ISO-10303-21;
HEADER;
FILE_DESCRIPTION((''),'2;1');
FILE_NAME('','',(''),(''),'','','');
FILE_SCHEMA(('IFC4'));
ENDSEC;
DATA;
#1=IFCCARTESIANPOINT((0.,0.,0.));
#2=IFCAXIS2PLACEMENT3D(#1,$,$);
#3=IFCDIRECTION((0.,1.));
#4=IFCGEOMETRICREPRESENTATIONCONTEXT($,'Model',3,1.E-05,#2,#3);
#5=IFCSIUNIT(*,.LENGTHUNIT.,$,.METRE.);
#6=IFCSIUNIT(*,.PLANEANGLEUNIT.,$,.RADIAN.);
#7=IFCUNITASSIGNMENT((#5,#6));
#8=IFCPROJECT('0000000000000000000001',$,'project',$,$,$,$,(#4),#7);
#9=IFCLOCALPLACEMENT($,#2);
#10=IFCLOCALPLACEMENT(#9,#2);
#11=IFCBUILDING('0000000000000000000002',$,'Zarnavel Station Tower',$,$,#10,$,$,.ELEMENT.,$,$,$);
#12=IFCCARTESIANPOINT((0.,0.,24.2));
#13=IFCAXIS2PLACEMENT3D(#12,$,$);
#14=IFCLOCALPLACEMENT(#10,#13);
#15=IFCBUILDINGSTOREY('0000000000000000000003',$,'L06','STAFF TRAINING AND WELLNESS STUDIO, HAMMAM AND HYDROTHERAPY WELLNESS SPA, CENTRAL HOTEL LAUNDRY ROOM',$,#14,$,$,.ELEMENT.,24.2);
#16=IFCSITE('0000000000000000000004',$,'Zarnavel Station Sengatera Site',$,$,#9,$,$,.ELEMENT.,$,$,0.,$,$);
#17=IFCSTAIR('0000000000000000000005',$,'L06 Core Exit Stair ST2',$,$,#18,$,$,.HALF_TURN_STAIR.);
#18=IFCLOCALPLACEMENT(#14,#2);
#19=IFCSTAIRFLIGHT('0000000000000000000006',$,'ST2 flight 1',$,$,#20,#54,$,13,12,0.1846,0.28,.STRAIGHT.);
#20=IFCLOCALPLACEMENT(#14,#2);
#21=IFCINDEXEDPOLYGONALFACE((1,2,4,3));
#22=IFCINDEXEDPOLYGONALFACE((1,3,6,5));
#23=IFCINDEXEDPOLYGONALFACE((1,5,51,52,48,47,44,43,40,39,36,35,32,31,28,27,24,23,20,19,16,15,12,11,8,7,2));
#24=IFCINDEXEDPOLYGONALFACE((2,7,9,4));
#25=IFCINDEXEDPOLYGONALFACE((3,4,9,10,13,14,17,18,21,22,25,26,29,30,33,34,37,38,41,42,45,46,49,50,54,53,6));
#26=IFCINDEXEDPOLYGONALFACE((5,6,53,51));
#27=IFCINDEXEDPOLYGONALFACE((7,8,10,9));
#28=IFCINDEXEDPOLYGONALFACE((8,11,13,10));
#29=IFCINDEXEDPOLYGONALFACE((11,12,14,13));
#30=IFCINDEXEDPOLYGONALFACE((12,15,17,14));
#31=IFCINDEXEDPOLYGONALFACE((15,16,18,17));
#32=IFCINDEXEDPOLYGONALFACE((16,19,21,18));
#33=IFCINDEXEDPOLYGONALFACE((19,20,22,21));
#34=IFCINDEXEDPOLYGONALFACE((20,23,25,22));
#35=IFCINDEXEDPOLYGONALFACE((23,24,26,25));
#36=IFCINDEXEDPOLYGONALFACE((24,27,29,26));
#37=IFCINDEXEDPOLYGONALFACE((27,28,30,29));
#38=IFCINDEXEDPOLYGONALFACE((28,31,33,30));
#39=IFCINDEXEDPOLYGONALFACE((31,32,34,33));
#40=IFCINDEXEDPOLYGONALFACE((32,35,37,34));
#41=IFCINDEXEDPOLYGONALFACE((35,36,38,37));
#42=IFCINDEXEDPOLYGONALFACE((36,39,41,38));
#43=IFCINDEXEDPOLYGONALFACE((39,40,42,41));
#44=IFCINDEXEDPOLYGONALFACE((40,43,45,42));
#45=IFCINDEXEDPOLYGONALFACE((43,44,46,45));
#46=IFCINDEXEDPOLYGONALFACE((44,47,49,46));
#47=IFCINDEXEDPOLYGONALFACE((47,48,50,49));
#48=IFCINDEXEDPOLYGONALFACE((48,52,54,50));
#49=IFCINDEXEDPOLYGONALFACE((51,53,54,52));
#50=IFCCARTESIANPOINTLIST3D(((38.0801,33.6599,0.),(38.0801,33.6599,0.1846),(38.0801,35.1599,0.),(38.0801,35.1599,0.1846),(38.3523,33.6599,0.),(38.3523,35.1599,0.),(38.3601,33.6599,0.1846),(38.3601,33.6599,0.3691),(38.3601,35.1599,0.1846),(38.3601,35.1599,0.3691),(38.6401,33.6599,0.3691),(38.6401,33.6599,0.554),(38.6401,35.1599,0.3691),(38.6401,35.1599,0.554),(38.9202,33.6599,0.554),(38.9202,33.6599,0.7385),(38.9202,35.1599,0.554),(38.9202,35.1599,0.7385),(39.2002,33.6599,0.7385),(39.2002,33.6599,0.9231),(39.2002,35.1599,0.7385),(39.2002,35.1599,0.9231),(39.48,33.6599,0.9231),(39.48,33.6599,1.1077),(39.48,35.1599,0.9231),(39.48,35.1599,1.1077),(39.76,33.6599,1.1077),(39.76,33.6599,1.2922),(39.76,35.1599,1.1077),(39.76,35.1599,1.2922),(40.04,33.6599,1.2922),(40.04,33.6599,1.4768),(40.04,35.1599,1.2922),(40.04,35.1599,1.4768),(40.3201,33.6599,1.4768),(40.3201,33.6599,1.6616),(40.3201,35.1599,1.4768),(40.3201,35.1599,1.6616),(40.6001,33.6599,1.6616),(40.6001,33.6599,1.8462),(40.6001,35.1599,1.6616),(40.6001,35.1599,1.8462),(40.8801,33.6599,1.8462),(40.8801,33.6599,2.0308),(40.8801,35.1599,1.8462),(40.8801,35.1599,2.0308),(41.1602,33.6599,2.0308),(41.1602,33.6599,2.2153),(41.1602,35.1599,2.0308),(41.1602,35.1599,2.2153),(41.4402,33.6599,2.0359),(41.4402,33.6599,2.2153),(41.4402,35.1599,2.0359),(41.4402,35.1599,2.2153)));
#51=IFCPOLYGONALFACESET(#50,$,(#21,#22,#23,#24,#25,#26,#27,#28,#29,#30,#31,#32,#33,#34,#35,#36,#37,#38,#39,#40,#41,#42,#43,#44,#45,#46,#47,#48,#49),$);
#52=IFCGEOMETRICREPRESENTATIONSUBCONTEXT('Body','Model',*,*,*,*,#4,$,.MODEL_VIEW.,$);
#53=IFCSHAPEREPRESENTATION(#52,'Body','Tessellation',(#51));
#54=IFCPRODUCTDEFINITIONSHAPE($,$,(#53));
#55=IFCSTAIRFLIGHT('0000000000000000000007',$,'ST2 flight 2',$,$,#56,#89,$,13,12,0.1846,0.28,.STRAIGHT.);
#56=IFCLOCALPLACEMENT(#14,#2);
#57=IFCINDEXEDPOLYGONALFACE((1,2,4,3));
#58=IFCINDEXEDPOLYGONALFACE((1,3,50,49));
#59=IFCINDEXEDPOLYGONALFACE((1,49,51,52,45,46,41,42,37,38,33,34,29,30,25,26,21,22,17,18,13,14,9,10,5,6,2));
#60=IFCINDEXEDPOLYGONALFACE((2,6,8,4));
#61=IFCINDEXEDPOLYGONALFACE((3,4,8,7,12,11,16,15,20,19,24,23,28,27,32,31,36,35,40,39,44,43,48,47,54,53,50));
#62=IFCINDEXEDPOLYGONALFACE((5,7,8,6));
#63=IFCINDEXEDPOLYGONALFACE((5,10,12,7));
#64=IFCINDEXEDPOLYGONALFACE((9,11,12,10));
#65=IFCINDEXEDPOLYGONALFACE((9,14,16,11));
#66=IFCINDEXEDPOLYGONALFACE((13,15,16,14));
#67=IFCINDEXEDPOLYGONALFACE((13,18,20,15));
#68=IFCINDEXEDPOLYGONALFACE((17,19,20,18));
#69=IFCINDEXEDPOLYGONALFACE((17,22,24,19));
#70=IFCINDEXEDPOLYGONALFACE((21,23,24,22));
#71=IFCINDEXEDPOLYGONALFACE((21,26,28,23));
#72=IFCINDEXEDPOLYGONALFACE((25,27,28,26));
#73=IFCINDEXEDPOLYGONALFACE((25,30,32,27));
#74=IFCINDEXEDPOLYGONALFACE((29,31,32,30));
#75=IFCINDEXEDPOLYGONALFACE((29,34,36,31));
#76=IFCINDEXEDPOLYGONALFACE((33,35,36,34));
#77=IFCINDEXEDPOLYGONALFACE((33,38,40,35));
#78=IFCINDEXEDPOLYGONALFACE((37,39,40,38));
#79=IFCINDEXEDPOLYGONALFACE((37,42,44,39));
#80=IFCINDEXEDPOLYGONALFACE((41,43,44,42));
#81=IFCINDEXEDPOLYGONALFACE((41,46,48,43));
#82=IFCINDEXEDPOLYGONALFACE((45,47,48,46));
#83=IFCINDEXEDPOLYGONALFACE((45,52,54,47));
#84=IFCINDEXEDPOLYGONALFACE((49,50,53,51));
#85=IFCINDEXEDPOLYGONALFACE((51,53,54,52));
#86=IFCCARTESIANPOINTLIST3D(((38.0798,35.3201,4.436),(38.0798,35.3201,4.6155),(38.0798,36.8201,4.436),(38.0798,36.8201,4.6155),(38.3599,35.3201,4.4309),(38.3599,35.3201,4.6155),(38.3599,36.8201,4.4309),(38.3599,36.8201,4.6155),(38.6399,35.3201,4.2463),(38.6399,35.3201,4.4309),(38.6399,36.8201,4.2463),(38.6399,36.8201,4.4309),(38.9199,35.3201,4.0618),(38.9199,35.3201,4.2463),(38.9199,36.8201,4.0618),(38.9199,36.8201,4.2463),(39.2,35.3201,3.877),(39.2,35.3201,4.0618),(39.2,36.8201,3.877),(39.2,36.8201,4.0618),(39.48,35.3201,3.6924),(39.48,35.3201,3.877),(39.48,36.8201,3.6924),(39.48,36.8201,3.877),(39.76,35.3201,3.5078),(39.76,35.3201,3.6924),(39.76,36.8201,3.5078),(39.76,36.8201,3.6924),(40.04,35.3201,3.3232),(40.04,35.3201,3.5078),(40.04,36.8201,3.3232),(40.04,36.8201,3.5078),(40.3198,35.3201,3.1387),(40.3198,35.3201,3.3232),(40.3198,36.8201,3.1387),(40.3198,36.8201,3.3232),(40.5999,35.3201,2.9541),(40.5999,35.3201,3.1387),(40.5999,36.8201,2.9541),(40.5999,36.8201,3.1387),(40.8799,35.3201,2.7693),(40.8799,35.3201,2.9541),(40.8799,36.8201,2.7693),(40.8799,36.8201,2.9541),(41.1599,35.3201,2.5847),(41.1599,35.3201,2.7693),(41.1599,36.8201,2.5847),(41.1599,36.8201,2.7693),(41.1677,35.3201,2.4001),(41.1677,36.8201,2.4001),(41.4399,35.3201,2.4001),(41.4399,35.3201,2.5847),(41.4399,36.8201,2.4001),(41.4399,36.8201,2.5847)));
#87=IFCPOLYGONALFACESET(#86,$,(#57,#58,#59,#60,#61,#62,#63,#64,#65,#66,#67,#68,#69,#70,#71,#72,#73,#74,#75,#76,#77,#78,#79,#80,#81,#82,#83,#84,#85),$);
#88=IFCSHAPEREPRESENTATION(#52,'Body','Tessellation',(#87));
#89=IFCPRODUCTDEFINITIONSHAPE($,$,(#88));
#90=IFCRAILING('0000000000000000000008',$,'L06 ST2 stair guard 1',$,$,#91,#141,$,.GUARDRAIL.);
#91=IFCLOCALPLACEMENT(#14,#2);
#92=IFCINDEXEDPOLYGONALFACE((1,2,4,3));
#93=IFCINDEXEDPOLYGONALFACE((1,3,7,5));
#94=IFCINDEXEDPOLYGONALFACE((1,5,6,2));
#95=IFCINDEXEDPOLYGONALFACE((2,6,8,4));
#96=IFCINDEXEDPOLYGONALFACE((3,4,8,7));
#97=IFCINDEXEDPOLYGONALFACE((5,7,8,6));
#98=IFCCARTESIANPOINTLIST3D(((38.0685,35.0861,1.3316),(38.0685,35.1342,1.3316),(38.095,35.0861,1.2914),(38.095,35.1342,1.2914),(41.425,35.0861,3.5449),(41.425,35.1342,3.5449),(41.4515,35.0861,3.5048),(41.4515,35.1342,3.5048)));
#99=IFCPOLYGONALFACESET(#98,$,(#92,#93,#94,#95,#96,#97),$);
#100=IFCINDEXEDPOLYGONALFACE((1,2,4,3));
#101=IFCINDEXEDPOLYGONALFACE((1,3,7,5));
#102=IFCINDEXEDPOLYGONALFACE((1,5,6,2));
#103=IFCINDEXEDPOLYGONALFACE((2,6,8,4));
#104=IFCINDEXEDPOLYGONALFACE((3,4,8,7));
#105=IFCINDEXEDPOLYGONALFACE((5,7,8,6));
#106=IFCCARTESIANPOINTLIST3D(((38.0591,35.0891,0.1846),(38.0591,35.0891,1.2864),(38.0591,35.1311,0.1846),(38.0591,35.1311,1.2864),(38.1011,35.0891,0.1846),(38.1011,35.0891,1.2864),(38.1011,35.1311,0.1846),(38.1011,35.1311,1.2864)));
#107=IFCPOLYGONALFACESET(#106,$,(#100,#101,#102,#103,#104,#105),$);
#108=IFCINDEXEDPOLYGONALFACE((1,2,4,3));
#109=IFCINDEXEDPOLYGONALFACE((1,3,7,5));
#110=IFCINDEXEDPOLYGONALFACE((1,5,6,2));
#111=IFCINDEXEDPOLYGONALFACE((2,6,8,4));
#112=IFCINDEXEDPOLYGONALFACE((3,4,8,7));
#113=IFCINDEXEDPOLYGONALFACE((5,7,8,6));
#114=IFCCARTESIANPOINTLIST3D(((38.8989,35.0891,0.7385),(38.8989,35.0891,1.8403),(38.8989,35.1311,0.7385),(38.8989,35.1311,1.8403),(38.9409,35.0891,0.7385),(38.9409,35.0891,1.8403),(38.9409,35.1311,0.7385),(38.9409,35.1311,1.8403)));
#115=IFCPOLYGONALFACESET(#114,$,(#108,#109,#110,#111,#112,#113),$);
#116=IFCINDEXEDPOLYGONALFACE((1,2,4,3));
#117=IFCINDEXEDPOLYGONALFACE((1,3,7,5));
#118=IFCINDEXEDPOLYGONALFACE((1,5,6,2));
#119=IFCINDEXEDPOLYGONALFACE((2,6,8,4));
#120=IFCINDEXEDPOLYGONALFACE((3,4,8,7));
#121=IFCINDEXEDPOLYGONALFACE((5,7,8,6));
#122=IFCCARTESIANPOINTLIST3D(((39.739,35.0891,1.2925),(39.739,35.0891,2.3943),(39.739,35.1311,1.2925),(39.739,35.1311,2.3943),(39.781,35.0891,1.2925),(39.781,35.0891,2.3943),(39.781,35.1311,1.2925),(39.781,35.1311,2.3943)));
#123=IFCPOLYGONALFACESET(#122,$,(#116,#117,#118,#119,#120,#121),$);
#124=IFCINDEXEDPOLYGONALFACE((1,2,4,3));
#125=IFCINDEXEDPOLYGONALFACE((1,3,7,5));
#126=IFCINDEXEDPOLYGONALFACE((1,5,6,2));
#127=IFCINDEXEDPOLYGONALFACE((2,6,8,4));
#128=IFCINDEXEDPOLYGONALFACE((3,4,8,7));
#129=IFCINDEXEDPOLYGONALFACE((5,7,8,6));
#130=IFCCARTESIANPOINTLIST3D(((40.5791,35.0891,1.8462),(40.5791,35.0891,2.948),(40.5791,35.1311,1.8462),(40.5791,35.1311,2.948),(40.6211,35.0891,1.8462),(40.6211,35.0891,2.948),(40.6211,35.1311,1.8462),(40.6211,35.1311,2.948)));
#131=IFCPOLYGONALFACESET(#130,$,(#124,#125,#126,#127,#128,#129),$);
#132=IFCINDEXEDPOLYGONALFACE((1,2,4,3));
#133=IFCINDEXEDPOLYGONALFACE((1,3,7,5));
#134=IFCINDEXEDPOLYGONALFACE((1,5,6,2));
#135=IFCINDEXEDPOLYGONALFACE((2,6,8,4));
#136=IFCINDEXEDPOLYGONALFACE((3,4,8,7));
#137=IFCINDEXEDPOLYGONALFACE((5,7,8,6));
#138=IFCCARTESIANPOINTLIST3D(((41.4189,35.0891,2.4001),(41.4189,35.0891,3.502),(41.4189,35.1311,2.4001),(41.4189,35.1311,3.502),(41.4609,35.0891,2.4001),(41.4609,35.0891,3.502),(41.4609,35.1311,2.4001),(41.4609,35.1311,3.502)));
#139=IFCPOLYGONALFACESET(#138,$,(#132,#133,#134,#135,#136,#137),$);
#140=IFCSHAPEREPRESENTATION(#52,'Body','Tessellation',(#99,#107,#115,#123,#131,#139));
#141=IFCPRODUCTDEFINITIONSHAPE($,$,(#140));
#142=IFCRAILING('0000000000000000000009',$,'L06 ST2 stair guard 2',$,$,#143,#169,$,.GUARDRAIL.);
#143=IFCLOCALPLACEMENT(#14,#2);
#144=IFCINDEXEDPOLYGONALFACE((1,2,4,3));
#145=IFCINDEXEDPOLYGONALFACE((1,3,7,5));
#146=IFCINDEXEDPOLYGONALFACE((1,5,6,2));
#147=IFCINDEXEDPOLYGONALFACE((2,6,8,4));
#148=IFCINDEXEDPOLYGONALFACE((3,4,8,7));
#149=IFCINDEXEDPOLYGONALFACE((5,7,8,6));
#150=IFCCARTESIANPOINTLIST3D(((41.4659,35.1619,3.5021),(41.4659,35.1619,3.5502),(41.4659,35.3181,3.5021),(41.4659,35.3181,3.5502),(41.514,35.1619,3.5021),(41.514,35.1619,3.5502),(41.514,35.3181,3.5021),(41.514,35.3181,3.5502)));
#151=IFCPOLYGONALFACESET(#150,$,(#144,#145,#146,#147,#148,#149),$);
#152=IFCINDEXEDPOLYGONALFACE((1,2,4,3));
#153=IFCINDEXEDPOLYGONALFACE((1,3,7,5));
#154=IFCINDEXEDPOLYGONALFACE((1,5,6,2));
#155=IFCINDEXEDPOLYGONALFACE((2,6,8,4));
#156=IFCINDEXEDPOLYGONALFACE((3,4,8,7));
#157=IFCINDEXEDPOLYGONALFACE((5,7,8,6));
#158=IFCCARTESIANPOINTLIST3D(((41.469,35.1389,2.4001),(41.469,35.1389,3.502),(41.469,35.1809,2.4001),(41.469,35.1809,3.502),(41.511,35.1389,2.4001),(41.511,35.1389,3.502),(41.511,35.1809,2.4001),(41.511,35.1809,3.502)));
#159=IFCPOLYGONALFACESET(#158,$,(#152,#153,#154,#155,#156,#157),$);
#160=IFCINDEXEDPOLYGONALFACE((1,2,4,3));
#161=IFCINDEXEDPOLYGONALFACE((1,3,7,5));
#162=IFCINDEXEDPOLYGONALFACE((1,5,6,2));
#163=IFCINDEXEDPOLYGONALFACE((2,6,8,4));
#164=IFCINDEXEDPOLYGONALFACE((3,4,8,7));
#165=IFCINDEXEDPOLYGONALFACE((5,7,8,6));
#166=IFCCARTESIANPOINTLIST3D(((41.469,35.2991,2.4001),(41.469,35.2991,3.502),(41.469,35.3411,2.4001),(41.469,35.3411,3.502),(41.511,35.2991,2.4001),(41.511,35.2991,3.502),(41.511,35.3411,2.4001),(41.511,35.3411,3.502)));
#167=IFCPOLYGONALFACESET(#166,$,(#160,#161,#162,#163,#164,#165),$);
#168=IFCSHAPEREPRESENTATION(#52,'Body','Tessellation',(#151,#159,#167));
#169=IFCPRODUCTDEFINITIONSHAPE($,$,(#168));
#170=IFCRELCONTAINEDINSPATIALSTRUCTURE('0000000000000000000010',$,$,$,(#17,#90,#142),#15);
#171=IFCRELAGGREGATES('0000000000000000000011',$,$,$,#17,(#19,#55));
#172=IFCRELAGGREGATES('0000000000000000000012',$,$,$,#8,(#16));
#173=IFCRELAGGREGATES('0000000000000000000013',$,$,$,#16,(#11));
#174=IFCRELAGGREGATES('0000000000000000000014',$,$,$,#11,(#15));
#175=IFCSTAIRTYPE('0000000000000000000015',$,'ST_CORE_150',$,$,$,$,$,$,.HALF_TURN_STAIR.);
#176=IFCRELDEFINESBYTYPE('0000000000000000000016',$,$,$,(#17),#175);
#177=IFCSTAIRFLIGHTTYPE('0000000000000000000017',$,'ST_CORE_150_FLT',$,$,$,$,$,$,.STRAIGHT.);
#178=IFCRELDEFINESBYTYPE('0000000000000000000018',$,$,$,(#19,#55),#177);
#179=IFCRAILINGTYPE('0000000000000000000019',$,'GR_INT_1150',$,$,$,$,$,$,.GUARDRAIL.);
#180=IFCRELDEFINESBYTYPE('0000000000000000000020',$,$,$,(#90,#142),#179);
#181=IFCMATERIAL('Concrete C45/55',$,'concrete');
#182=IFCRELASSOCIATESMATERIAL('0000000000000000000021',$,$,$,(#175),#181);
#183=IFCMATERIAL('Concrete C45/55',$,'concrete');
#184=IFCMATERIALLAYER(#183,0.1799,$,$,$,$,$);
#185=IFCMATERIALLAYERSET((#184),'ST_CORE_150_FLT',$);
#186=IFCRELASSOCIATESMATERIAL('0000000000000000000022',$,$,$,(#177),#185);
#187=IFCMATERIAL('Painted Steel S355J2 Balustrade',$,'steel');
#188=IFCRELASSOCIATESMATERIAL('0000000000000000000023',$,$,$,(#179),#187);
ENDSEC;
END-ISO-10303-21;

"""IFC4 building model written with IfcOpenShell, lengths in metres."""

from ifc_helpers import new_model, si_unit, direction, frame, origin, origin_2d, place, context, subcontext, project, spatial, polyline, rectangle, outline, extrude, material, layer, layer_set, type_object, element, aggregate, save


model = new_model("IFC4")

# Units and contexts
model_context = context("Model", 3, precision=1e-05, world=origin(), true_north=direction((0.0, 1.0)))
body_context = subcontext(model_context, "Body", "Model", "MODEL_VIEW")
ifc_project = project(units=[si_unit("LENGTHUNIT", "METRE"), si_unit("PLANEANGLEUNIT", "RADIAN")], contexts=[model_context])

# Site, building, storey
site_placement = place(None, origin())
site = spatial("IfcSite", under=ifc_project, at=site_placement, Name="Zarnavel Station Sengatera Site", CompositionType="ELEMENT", RefElevation=0.0)
building_placement = place(site_placement, origin())
building = spatial("IfcBuilding", under=site, at=building_placement, Name="Zarnavel Station Tower", CompositionType="ELEMENT")
storey_placement = place(building_placement, frame((0.0, 0.0, 24.2)))
storey = spatial("IfcBuildingStorey", under=building, at=storey_placement, Name="L06", Description="STAFF TRAINING AND WELLNESS STUDIO, HAMMAM AND HYDROTHERAPY WELLNESS SPA, CENTRAL HOTEL LAUNDRY ROOM", CompositionType="ELEMENT", Elevation=24.2)

# Stair, stair flights
ifc_material_1 = material(Name="Concrete C45/55", Category="concrete")
stair_type = type_object("IfcStairType", Name="ST_CORE_150", PredefinedType="HALF_TURN_STAIR", material=ifc_material_1)
stair_placement = place(storey_placement, origin())
stair = element("IfcStair", 1, at=stair_placement, inside=storey, type_object=stair_type, Name="L06 Core Exit Stair ST2", PredefinedType="HALF_TURN_STAIR")
ifc_material_2 = material(Name="Concrete C45/55", Category="concrete")
ifc_layer_1 = layer(ifc_material_2, 0.1799)
ifc_layer_set_1 = layer_set([ifc_layer_1], Name="ST_CORE_150_FLT")
stair_flight_type = type_object("IfcStairFlightType", Name="ST_CORE_150_FLT", PredefinedType="STRAIGHT", material=ifc_layer_set_1)
stair_flight_1_placement = place(storey_placement, frame((38.0801, 34.4099, 0.0), z_axis=(0.0, 0.0, 1.0), x_axis=(1.0, 0.0, 0.0)))
stair_flight_1 = element("IfcStairFlight", 2, at=stair_flight_1_placement, type_object=stair_flight_type, Name="ST2 flight 1", NumberOfRisers=13, NumberOfTreads=12, PredefinedType="STRAIGHT", RiserHeight=0.1846, TreadLength=0.28, context=body_context, shape_type="SweptSolid", body=[
    extrude(outline(polyline([(0.0, 0.0), (0.0, 0.1846), (0.28, 0.1846), (0.28, 0.3691), (0.5601, 0.3691), (0.5601, 0.554), (0.8401, 0.554), (0.8401, 0.7385), (1.1201, 0.7385), (1.1201, 0.9231), (1.3999, 0.9231), (1.3999, 1.1077), (1.6799, 1.1077), (1.6799, 1.2922), (1.96, 1.2922), (1.96, 1.4768), (2.24, 1.4768), (2.24, 1.6616), (2.52, 1.6616), (2.52, 1.8462), (2.8, 1.8462), (2.8, 2.0308), (3.0801, 2.0308), (3.0801, 2.2153), (3.3601, 2.2153), (3.3601, 2.3999), (3.3601, 2.0359), (0.2722, 0.0), (0.0, 0.0)])), frame((0.0, 0.75, 0.0), z_axis=(0.0, -1.0, 0.0), x_axis=(1.0, 0.0, 0.0)), (0.0, 0.0, 1.0), 1.5),
])
stair_flight_2_placement = place(storey_placement, frame((41.4399, 36.0701, 2.4001), z_axis=(0.0, 0.0, 1.0), x_axis=(-1.0, 0.0, 0.0)))
stair_flight_2 = element("IfcStairFlight", 3, at=stair_flight_2_placement, type_object=stair_flight_type, Name="ST2 flight 2", NumberOfRisers=13, NumberOfTreads=12, PredefinedType="STRAIGHT", RiserHeight=0.1846, TreadLength=0.28, context=body_context, shape_type="SweptSolid", body=[
    extrude(outline(polyline([(0.0, 0.0), (0.0, 0.1846), (0.28, 0.1846), (0.28, 0.3691), (0.5601, 0.3691), (0.5601, 0.554), (0.8401, 0.554), (0.8401, 0.7385), (1.1201, 0.7385), (1.1201, 0.9231), (1.3999, 0.9231), (1.3999, 1.1077), (1.6799, 1.1077), (1.6799, 1.2922), (1.96, 1.2922), (1.96, 1.4768), (2.24, 1.4768), (2.24, 1.6616), (2.52, 1.6616), (2.52, 1.8462), (2.8, 1.8462), (2.8, 2.0308), (3.0801, 2.0308), (3.0801, 2.2153), (3.3601, 2.2153), (3.3601, 2.3999), (3.3601, 2.0359), (0.2722, 0.0), (0.0, 0.0)])), frame((0.0, 0.75, 0.0), z_axis=(0.0, -1.0, 0.0), x_axis=(1.0, 0.0, 0.0)), (0.0, 0.0, 1.0), 1.5),
])
aggregate(stair, [stair_flight_1, stair_flight_2])

# Railings
ifc_material_3 = material(Name="Painted Steel S355J2 Balustrade", Category="steel")
railing_type_1 = type_object("IfcRailingType", Name="GR_INT_1150", PredefinedType="GUARDRAIL", material=ifc_material_3)
railing_1_placement = place(storey_placement, frame((38.0801, 35.1101, 0.1846)))
element("IfcRailing", 4, at=railing_1_placement, inside=storey, type_object=railing_type_1, Name="L06 ST2 stair guard 1", PredefinedType="GUARDRAIL", context=body_context, shape_type="SweptSolid", body=[
    extrude(rectangle(XDim=0.0481, YDim=0.0481, at=origin_2d()), frame((0.0017, 0.0, 1.127), z_axis=(0.83483, 0.0, 0.550508), x_axis=(0.0, 1.0, 0.0)), (0.0, 0.0, 1.0), 4.0205),
    extrude(rectangle(XDim=0.042, YDim=0.042, at=origin_2d()), origin(), (0.0, 0.0, 1.0), 1.1018),
    extrude(rectangle(XDim=0.042, YDim=0.042, at=origin_2d()), frame((0.8398, 0.0, 0.554)), (0.0, 0.0, 1.0), 1.1018),
    extrude(rectangle(XDim=0.042, YDim=0.042, at=origin_2d()), frame((1.6799, 0.0, 1.1079)), (0.0, 0.0, 1.0), 1.1018),
    extrude(rectangle(XDim=0.042, YDim=0.042, at=origin_2d()), frame((2.52, 0.0, 1.6616)), (0.0, 0.0, 1.0), 1.1018),
    extrude(rectangle(XDim=0.042, YDim=0.042, at=origin_2d()), frame((3.3599, 0.0, 2.2156)), (0.0, 0.0, 1.0), 1.1018),
])
railing_2_placement = place(storey_placement, frame((41.49, 35.1599, 2.4001)))
element("IfcRailing", 5, at=railing_2_placement, inside=storey, type_object=railing_type_1, Name="L06 ST2 stair guard 2", PredefinedType="GUARDRAIL", context=body_context, shape_type="SweptSolid", body=[
    extrude(rectangle(XDim=0.0481, YDim=0.0481, at=origin_2d()), frame((0.0, 0.002, 1.126), z_axis=(0.0, 1.0, 0.0), x_axis=(-1.0, 0.0, 0.0)), (0.0, 0.0, 1.0), 0.1562),
    extrude(rectangle(XDim=0.042, YDim=0.042, at=origin_2d()), origin(), (0.0, 0.0, 1.0), 1.1018),
    extrude(rectangle(XDim=0.042, YDim=0.042, at=origin_2d()), frame((0.0, 0.1602, 0.0)), (0.0, 0.0, 1.0), 1.1018),
])

save(model, "model.ifc")
